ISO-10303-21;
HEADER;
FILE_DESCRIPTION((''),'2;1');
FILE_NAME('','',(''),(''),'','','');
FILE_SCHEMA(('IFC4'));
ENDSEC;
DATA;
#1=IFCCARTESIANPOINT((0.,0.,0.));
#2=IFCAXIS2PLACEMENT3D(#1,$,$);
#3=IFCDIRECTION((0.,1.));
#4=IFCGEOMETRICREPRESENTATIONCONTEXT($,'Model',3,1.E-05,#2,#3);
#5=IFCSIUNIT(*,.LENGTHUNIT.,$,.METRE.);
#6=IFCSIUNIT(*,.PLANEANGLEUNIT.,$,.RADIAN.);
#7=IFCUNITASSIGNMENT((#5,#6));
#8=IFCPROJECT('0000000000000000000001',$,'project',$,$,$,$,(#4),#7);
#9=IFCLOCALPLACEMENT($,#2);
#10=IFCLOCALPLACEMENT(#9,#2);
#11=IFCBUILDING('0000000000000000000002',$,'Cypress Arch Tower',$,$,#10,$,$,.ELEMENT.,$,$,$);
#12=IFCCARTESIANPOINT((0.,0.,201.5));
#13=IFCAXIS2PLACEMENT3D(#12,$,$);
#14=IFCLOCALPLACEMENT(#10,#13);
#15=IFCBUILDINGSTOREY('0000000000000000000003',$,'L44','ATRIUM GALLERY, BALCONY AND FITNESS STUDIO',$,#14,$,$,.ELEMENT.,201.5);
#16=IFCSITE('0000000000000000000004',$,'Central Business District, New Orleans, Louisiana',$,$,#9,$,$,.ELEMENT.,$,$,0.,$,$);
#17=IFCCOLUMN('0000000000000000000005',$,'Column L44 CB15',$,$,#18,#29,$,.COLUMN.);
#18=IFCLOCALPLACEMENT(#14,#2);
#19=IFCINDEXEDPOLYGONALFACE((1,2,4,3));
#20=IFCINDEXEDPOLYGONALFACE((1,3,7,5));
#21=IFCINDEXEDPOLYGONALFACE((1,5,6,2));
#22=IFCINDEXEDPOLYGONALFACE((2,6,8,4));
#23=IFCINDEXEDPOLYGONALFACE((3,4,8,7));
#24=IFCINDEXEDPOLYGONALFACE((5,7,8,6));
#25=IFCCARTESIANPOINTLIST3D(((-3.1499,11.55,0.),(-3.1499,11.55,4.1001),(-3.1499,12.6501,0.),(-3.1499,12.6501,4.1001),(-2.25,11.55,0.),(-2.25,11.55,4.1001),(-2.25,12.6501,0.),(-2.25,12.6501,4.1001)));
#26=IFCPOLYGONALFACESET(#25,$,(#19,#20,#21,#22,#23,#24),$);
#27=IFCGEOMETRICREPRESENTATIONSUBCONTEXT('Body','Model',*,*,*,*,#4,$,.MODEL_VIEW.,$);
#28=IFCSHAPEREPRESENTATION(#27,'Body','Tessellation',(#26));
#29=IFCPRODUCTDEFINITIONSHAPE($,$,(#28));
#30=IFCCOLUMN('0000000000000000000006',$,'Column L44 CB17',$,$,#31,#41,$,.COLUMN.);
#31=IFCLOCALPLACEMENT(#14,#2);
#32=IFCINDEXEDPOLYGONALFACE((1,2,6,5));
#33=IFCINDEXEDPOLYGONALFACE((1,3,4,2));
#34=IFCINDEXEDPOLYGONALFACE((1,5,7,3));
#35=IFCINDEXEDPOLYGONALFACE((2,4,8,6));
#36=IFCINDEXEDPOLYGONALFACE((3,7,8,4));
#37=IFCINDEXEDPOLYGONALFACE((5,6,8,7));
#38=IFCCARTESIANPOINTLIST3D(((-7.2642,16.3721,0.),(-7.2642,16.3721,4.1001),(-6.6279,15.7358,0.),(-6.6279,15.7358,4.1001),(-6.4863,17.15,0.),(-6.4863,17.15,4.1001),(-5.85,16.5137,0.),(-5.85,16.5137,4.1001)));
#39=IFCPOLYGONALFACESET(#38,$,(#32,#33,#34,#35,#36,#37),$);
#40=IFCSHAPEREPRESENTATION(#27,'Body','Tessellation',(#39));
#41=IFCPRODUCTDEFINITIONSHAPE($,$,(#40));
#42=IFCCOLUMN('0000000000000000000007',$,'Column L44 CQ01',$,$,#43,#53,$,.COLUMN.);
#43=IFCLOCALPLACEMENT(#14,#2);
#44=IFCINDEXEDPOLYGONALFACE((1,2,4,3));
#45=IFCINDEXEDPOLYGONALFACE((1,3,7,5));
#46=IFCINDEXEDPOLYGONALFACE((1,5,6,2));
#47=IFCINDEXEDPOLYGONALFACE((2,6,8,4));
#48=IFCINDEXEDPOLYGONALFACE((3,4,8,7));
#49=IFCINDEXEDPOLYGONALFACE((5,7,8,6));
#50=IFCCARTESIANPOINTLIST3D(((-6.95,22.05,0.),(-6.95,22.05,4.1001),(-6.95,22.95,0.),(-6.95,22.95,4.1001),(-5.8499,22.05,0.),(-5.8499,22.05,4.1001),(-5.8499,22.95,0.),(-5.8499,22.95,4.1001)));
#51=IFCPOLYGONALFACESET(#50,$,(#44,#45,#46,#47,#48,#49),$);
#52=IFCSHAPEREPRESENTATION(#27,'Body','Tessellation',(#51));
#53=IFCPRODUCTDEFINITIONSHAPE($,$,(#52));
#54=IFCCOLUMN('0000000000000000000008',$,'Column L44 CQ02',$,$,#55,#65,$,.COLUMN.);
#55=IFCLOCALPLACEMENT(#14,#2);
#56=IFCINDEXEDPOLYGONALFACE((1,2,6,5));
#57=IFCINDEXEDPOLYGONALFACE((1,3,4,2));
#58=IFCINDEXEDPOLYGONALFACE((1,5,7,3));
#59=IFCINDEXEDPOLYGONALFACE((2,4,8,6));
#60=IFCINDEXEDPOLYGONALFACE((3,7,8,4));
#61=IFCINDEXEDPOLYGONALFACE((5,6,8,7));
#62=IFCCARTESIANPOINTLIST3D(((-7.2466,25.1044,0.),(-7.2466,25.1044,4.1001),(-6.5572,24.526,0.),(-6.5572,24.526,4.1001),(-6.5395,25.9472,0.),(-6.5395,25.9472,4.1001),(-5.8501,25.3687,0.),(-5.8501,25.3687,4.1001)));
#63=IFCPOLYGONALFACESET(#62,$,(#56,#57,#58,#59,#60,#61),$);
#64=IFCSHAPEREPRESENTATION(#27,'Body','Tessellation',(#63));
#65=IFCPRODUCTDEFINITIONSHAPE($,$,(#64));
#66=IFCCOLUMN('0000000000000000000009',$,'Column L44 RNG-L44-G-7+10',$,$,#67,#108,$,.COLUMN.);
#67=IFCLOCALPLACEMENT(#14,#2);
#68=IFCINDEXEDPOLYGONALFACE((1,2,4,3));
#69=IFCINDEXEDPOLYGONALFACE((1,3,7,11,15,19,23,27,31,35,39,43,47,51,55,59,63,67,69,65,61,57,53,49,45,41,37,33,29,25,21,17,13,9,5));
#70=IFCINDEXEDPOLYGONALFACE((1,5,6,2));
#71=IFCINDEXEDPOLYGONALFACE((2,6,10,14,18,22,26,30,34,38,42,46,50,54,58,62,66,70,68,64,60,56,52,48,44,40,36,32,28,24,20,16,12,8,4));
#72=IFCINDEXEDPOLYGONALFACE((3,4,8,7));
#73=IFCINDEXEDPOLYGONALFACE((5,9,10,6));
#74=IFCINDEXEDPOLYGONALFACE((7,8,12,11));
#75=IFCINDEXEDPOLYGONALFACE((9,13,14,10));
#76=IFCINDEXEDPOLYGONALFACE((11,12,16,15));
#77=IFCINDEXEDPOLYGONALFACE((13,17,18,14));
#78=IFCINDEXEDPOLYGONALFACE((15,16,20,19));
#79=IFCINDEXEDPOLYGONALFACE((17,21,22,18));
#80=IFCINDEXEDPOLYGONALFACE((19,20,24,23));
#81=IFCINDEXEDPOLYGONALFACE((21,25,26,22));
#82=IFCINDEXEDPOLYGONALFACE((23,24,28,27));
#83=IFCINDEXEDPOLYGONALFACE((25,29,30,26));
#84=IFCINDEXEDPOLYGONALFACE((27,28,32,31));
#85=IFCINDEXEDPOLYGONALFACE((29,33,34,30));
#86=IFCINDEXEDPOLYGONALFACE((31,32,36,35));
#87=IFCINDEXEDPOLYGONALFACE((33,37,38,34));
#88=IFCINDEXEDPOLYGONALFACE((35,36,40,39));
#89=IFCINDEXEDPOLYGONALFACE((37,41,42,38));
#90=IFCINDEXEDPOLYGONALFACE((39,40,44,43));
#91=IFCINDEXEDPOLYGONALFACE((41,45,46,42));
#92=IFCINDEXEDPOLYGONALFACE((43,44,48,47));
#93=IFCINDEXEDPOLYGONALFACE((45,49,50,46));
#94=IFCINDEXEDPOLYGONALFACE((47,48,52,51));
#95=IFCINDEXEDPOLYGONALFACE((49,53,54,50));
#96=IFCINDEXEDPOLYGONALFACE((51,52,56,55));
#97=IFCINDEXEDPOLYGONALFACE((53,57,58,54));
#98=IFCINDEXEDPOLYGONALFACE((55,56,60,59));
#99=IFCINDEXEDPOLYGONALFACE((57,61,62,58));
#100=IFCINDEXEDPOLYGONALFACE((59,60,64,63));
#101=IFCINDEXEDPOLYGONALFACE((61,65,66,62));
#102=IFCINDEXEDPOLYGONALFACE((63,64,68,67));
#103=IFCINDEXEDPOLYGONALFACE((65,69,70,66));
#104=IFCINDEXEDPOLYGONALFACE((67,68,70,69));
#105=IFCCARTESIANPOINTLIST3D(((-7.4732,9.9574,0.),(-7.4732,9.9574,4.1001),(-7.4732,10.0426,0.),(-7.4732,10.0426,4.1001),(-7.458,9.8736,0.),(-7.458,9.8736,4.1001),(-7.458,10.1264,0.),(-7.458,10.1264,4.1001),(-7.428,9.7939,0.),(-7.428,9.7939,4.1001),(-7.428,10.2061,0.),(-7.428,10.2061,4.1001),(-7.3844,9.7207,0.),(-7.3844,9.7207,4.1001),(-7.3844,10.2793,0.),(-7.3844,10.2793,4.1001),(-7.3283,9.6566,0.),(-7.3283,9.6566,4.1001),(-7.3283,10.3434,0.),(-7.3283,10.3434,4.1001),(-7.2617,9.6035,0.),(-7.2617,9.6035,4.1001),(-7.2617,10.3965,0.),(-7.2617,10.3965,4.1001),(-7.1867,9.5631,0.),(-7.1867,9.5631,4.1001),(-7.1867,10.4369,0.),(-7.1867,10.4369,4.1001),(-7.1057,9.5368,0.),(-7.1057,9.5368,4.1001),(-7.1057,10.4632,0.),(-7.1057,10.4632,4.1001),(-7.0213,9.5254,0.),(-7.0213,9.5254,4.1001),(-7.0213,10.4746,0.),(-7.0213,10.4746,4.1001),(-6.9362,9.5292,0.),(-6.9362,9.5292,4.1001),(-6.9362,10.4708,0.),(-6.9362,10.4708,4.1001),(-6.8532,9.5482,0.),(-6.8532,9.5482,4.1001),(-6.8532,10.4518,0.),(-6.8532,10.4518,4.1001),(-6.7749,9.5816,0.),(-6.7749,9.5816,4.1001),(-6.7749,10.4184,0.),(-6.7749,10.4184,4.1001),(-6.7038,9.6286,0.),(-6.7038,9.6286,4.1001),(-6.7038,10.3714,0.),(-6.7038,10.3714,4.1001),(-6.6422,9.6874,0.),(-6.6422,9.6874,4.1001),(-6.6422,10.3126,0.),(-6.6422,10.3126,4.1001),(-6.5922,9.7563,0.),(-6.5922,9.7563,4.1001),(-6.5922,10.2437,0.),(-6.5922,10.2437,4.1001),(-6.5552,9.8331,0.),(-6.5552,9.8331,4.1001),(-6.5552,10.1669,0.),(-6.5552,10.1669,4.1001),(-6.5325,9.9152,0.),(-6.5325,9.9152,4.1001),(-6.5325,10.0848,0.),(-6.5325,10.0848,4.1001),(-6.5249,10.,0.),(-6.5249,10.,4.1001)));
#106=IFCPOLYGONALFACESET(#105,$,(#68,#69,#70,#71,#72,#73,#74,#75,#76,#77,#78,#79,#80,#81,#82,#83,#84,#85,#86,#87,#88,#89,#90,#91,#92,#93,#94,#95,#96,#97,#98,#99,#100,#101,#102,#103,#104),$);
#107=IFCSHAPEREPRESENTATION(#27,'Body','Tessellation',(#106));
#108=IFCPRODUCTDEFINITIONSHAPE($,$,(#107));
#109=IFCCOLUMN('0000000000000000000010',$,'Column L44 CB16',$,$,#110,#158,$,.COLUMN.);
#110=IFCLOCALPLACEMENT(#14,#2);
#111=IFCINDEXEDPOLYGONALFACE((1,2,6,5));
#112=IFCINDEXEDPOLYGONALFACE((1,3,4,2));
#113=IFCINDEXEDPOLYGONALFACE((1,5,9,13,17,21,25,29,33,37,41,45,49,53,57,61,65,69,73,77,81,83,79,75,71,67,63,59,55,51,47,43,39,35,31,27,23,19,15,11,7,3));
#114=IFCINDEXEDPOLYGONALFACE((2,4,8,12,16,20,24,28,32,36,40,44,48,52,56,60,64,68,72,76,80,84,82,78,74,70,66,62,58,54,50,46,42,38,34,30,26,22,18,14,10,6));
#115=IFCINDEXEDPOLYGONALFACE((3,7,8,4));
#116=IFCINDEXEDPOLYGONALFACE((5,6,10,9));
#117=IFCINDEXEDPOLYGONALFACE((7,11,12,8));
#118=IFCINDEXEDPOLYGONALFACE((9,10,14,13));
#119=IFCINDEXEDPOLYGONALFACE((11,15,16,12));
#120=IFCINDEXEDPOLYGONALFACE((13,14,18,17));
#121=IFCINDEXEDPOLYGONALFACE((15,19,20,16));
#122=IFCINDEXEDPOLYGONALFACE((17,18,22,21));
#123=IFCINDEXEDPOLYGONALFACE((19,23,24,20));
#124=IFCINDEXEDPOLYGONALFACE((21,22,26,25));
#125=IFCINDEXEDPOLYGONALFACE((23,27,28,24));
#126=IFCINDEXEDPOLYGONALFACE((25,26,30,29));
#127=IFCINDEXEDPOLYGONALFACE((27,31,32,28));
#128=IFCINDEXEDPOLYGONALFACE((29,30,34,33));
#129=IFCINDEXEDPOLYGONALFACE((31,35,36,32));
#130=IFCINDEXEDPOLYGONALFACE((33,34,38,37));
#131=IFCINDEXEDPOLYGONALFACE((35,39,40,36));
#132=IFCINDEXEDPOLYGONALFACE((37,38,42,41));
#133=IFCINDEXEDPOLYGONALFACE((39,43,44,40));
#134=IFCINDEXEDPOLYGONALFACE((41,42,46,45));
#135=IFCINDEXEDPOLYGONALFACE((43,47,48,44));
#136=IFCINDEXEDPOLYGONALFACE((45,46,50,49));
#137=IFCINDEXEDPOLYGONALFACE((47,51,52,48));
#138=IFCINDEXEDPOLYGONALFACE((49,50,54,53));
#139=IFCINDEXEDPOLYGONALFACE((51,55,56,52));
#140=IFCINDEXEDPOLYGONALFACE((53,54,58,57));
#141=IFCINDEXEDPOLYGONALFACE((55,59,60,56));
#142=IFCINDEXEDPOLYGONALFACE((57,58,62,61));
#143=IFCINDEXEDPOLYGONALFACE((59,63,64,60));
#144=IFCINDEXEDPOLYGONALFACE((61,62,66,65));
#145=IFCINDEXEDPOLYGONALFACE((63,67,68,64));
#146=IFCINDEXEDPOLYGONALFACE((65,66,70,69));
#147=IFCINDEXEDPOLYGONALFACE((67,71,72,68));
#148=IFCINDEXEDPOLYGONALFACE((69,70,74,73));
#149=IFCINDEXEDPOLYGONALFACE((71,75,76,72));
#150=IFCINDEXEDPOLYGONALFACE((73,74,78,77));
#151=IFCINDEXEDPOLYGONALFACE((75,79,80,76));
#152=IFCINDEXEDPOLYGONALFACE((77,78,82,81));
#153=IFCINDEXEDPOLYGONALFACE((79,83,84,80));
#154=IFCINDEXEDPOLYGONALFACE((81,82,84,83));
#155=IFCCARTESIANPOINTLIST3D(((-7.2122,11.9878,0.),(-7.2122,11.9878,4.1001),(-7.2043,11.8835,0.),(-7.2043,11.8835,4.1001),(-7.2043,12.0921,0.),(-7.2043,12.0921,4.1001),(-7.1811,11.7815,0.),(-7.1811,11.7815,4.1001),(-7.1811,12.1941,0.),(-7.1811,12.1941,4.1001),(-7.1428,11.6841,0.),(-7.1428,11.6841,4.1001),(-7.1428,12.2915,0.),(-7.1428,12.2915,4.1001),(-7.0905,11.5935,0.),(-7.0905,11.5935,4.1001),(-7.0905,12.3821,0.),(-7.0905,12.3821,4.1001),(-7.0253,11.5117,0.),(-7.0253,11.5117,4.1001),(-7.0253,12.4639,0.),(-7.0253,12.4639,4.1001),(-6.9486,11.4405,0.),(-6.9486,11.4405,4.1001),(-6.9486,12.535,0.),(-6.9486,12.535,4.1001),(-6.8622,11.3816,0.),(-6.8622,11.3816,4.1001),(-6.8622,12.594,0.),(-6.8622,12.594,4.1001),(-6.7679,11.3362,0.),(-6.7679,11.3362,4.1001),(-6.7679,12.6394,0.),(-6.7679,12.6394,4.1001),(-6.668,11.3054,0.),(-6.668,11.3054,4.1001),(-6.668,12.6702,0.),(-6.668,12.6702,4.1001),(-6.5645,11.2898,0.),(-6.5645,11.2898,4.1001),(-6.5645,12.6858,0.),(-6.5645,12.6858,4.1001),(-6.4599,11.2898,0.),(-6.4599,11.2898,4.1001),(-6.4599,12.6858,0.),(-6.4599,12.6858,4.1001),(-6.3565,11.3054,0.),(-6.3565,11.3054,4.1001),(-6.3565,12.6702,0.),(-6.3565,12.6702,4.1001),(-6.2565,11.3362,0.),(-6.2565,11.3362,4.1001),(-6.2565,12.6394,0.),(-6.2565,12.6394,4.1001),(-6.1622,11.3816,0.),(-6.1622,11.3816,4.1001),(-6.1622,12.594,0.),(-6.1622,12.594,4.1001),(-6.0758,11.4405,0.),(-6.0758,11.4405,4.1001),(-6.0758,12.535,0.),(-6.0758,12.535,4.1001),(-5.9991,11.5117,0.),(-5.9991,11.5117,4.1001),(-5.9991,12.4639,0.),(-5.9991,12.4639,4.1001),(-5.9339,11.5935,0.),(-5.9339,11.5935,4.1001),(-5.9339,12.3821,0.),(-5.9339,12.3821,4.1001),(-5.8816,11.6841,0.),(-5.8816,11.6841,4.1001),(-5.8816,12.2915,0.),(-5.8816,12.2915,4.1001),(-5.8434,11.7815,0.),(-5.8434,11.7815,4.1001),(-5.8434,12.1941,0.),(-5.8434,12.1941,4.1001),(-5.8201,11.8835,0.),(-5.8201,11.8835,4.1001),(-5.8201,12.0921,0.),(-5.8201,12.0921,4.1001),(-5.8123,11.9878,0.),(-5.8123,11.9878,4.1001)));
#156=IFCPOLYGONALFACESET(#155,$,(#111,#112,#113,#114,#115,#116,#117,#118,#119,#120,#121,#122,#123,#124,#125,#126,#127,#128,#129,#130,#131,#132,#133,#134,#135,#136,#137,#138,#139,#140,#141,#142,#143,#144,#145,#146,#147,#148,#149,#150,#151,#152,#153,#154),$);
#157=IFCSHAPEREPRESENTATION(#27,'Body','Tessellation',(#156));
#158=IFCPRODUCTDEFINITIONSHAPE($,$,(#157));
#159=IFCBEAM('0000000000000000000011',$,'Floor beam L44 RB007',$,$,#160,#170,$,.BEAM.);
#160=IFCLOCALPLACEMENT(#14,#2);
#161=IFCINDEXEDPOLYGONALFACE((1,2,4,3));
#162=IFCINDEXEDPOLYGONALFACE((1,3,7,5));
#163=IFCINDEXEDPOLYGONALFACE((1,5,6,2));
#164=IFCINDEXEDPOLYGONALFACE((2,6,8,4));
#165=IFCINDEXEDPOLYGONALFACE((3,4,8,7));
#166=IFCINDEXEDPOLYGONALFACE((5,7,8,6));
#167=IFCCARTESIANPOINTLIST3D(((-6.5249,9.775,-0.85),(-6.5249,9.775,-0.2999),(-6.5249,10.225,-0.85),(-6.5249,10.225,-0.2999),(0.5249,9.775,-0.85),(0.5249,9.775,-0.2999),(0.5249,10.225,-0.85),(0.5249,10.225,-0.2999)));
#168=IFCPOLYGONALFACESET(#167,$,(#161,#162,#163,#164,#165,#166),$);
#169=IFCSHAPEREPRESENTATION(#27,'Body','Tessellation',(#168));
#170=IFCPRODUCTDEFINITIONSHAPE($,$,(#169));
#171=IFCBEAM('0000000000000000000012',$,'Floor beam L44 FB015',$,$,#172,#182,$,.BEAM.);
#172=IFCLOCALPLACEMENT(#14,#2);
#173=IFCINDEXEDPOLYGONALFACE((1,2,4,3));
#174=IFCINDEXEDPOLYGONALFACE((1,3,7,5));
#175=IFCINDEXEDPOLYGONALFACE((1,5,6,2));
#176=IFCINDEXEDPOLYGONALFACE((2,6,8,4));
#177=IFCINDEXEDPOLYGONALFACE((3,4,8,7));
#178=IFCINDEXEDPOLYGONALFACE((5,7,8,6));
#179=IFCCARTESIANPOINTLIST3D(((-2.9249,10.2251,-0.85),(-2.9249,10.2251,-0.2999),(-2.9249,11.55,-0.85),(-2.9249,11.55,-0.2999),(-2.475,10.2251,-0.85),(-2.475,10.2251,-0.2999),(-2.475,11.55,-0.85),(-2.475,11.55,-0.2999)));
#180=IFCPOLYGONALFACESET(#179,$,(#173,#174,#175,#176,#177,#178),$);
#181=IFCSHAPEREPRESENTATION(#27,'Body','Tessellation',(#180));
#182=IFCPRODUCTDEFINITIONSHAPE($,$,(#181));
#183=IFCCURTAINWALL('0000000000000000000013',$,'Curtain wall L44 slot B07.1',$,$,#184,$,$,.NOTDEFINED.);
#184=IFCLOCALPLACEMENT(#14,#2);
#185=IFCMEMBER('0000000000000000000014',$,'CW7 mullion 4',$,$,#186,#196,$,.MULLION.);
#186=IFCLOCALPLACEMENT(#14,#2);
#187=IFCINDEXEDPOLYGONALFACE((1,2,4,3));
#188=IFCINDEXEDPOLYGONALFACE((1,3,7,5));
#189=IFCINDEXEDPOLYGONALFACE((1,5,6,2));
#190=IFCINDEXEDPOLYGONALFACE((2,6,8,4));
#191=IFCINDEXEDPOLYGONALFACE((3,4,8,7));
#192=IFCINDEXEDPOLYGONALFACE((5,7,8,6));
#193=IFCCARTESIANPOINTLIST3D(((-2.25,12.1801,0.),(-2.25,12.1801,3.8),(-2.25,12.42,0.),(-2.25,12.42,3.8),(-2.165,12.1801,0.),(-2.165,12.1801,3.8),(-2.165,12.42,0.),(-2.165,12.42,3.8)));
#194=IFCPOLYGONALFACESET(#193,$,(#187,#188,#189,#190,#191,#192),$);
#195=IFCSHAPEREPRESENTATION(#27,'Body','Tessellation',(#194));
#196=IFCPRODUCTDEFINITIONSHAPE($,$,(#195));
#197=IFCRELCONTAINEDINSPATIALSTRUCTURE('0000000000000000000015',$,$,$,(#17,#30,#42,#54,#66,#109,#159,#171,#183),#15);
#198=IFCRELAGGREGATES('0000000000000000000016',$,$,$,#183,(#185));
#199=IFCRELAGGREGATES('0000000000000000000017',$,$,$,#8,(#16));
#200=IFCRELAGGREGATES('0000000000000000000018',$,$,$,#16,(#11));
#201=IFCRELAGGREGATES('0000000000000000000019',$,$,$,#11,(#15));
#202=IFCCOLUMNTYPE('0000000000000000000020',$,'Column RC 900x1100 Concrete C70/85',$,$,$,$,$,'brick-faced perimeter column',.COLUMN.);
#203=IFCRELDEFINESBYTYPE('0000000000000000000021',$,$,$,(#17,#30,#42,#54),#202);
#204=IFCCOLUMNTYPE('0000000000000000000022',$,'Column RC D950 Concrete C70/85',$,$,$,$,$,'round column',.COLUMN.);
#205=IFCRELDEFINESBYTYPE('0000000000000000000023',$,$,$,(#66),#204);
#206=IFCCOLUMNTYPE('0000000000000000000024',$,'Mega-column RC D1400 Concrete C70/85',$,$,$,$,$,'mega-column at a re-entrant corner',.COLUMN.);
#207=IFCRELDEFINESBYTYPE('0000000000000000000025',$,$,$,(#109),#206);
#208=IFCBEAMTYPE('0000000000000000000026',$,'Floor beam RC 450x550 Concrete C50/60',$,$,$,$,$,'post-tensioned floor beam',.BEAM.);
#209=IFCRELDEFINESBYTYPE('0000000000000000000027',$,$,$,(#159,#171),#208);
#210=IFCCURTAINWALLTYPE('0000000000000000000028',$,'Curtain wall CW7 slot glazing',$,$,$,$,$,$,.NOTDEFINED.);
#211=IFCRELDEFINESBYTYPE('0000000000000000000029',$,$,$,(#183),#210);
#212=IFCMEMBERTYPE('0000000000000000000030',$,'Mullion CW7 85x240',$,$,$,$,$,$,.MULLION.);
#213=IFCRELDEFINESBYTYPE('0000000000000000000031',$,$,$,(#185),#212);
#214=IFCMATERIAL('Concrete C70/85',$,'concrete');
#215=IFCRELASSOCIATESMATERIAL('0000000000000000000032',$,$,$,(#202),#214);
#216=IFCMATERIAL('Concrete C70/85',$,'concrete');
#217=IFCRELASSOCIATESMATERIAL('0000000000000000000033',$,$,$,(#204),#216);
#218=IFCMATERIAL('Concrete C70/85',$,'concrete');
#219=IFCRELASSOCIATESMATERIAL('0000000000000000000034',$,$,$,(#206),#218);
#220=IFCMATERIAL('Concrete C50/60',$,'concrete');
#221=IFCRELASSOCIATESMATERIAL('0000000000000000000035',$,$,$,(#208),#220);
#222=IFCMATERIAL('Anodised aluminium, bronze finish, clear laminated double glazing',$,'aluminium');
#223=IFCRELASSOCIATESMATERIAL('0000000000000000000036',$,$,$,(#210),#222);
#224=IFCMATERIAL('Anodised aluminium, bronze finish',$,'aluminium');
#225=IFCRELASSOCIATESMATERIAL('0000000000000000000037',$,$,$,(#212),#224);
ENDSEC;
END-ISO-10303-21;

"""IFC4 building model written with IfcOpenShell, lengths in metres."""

from ifc_helpers import new_model, si_unit, direction, frame, origin, origin_2d, place, context, subcontext, project, spatial, rectangle, circle, extrude, material, material_profile, profile_set, type_object, element, aggregate, save


model = new_model("IFC4")

# Units and contexts
model_context = context("Model", 3, precision=1e-05, world=origin(), true_north=direction((0.0, 1.0)))
body_context = subcontext(model_context, "Body", "Model", "MODEL_VIEW")
ifc_project = project(units=[si_unit("LENGTHUNIT", "METRE"), si_unit("PLANEANGLEUNIT", "RADIAN")], contexts=[model_context])

# Site, building, storey
site_placement = place(None, origin())
site = spatial("IfcSite", under=ifc_project, at=site_placement, Name="Central Business District, New Orleans, Louisiana", CompositionType="ELEMENT", RefElevation=0.0)
building_placement = place(site_placement, origin())
building = spatial("IfcBuilding", under=site, at=building_placement, Name="Cypress Arch Tower", CompositionType="ELEMENT")
storey_placement = place(building_placement, frame((0.0, 0.0, 201.5)))
storey = spatial("IfcBuildingStorey", under=building, at=storey_placement, Name="L44", Description="ATRIUM GALLERY, BALCONY AND FITNESS STUDIO", CompositionType="ELEMENT", Elevation=201.5)

# Columns
ifc_material_1 = material(Name="Concrete C70/85", Category="concrete")
ifc_material_profile_1 = material_profile(ifc_material_1, rectangle(XDim=0.8999, YDim=1.1001, at=origin_2d()), Name="RC 900x1100")
ifc_profile_set_1 = profile_set([ifc_material_profile_1], Name="Concrete C70/85")
column_type_1 = type_object("IfcColumnType", Name="Column RC 900x1100 Concrete C70/85", ElementType="brick-faced perimeter column", PredefinedType="COLUMN", material=ifc_profile_set_1)
for number, where, z_axis, x_axis, name in (
    (1, (-2.7, 12.1001, 0.0), (0.0, 0.0, 1.0), (-1.0, 0.0, 0.0), "Column L44 CB15"),
    (2, (-6.5571, 16.4429, 0.0), (0.0, 0.0, 1.0), (-0.707107, 0.707107, 0.0), "Column L44 CB17"),
    (3, (-6.3999, 22.5, 0.0), (0.0, 0.0, 1.0), (0.0, 1.0, 0.0), "Column L44 CQ01"),
    (4, (-6.5483, 25.2366, 0.0), (0.0, 0.0, 1.0), (-0.766064, 0.642765, 0.0), "Column L44 CQ02"),
):
    element("IfcColumn", number, at=place(storey_placement, frame(where, z_axis=z_axis, x_axis=x_axis)), inside=storey, type_object=column_type_1, Name=name, PredefinedType="COLUMN", context=body_context, shape_type="SweptSolid", body=[
        extrude(rectangle(XDim=0.8999, YDim=1.1001, at=origin_2d()), origin(), (0.0, 0.0, 1.0), 4.1001),
    ])
ifc_material_2 = material(Name="Concrete C70/85", Category="concrete")
ifc_material_profile_2 = material_profile(ifc_material_2, circle(Radius=0.4751, at=origin_2d()), Name="RC D950")
ifc_profile_set_2 = profile_set([ifc_material_profile_2], Name="Concrete C70/85")
column_type_2 = type_object("IfcColumnType", Name="Column RC D950 Concrete C70/85", ElementType="round column", PredefinedType="COLUMN", material=ifc_profile_set_2)
column_1_placement = place(storey_placement, frame((-7.0, 10.0, 0.0), z_axis=(0.0, 0.0, 1.0), x_axis=(1.0, 0.0, 0.0)))
element("IfcColumn", 5, at=column_1_placement, inside=storey, type_object=column_type_2, Name="Column L44 RNG-L44-G-7+10", PredefinedType="COLUMN", context=body_context, shape_type="SweptSolid", body=[
    extrude(circle(Radius=0.4751, at=origin_2d()), origin(), (0.0, 0.0, 1.0), 4.1001),
])
ifc_material_3 = material(Name="Concrete C70/85", Category="concrete")
ifc_material_profile_3 = material_profile(ifc_material_3, circle(Radius=0.7, at=origin_2d()), Name="RC D1400")
ifc_profile_set_3 = profile_set([ifc_material_profile_3], Name="Concrete C70/85")
column_type_3 = type_object("IfcColumnType", Name="Mega-column RC D1400 Concrete C70/85", ElementType="mega-column at a re-entrant corner", PredefinedType="COLUMN", material=ifc_profile_set_3)
column_2_placement = place(storey_placement, frame((-6.5122, 11.9878, 0.0), z_axis=(0.0, 0.0, 1.0), x_axis=(1.0, 0.0, 0.0)))
element("IfcColumn", 6, at=column_2_placement, inside=storey, type_object=column_type_3, Name="Column L44 CB16", PredefinedType="COLUMN", context=body_context, shape_type="SweptSolid", body=[
    extrude(circle(Radius=0.7, at=origin_2d()), origin(), (0.0, 0.0, 1.0), 4.1001),
])

# Beams
ifc_material_4 = material(Name="Concrete C50/60", Category="concrete")
ifc_material_profile_4 = material_profile(ifc_material_4, rectangle(XDim=0.45, YDim=0.55, at=origin_2d()), Name="RC 450x550")
ifc_profile_set_4 = profile_set([ifc_material_profile_4], Name="Concrete C50/60")
beam_type_1 = type_object("IfcBeamType", Name="Floor beam RC 450x550 Concrete C50/60", ElementType="post-tensioned floor beam", PredefinedType="BEAM", material=ifc_profile_set_4)
beam_1_placement = place(storey_placement, frame((-6.5249, 10.0, -0.575), z_axis=(1.0, 0.0, 0.0), x_axis=(0.0, 1.0, 0.0)))
element("IfcBeam", 7, at=beam_1_placement, inside=storey, type_object=beam_type_1, Name="Floor beam L44 RB007", PredefinedType="BEAM", context=body_context, shape_type="SweptSolid", body=[
    extrude(rectangle(XDim=0.45, YDim=0.55, at=origin_2d()), origin(), (0.0, 0.0, 1.0), 7.0498),
])
beam_2_placement = place(storey_placement, frame((-2.7, 10.2251, -0.575), z_axis=(0.0, 1.0, 0.0), x_axis=(-1.0, 0.0, 0.0)))
element("IfcBeam", 8, at=beam_2_placement, inside=storey, type_object=beam_type_1, Name="Floor beam L44 FB015", PredefinedType="BEAM", context=body_context, shape_type="SweptSolid", body=[
    extrude(rectangle(XDim=0.45, YDim=0.55, at=origin_2d()), origin(), (0.0, 0.0, 1.0), 1.325),
])

# Curtain wall, member
ifc_material_5 = material(Name="Anodised aluminium, bronze finish, clear laminated double glazing", Category="aluminium")
curtain_wall_type = type_object("IfcCurtainWallType", Name="Curtain wall CW7 slot glazing", PredefinedType="NOTDEFINED", material=ifc_material_5)
curtain_wall_1_placement = place(storey_placement, origin())
curtain_wall_1 = element("IfcCurtainWall", 9, at=curtain_wall_1_placement, inside=storey, type_object=curtain_wall_type, Name="Curtain wall L44 slot B07.1", PredefinedType="NOTDEFINED")
ifc_material_6 = material(Name="Anodised aluminium, bronze finish", Category="aluminium")
ifc_material_profile_5 = material_profile(ifc_material_6, rectangle(XDim=0.24, YDim=0.085, at=origin_2d()), Name="Mullion 85x240")
ifc_profile_set_5 = profile_set([ifc_material_profile_5], Name="Anodised aluminium, bronze finish")
member_type_1 = type_object("IfcMemberType", Name="Mullion CW7 85x240", PredefinedType="MULLION", material=ifc_profile_set_5)
member_1_placement = place(storey_placement, frame((-2.2075, 12.3, 0.0), z_axis=(0.0, 0.0, 1.0), x_axis=(0.0, -1.0, 0.0)))
member_1 = element("IfcMember", 10, at=member_1_placement, type_object=member_type_1, Name="CW7 mullion 4", PredefinedType="MULLION", context=body_context, shape_type="SweptSolid", body=[
    extrude(rectangle(XDim=0.24, YDim=0.085, at=origin_2d()), origin(), (0.0, 0.0, 1.0), 3.8),
])

aggregate(curtain_wall_1, [member_1])

save(model, "model.ifc")
